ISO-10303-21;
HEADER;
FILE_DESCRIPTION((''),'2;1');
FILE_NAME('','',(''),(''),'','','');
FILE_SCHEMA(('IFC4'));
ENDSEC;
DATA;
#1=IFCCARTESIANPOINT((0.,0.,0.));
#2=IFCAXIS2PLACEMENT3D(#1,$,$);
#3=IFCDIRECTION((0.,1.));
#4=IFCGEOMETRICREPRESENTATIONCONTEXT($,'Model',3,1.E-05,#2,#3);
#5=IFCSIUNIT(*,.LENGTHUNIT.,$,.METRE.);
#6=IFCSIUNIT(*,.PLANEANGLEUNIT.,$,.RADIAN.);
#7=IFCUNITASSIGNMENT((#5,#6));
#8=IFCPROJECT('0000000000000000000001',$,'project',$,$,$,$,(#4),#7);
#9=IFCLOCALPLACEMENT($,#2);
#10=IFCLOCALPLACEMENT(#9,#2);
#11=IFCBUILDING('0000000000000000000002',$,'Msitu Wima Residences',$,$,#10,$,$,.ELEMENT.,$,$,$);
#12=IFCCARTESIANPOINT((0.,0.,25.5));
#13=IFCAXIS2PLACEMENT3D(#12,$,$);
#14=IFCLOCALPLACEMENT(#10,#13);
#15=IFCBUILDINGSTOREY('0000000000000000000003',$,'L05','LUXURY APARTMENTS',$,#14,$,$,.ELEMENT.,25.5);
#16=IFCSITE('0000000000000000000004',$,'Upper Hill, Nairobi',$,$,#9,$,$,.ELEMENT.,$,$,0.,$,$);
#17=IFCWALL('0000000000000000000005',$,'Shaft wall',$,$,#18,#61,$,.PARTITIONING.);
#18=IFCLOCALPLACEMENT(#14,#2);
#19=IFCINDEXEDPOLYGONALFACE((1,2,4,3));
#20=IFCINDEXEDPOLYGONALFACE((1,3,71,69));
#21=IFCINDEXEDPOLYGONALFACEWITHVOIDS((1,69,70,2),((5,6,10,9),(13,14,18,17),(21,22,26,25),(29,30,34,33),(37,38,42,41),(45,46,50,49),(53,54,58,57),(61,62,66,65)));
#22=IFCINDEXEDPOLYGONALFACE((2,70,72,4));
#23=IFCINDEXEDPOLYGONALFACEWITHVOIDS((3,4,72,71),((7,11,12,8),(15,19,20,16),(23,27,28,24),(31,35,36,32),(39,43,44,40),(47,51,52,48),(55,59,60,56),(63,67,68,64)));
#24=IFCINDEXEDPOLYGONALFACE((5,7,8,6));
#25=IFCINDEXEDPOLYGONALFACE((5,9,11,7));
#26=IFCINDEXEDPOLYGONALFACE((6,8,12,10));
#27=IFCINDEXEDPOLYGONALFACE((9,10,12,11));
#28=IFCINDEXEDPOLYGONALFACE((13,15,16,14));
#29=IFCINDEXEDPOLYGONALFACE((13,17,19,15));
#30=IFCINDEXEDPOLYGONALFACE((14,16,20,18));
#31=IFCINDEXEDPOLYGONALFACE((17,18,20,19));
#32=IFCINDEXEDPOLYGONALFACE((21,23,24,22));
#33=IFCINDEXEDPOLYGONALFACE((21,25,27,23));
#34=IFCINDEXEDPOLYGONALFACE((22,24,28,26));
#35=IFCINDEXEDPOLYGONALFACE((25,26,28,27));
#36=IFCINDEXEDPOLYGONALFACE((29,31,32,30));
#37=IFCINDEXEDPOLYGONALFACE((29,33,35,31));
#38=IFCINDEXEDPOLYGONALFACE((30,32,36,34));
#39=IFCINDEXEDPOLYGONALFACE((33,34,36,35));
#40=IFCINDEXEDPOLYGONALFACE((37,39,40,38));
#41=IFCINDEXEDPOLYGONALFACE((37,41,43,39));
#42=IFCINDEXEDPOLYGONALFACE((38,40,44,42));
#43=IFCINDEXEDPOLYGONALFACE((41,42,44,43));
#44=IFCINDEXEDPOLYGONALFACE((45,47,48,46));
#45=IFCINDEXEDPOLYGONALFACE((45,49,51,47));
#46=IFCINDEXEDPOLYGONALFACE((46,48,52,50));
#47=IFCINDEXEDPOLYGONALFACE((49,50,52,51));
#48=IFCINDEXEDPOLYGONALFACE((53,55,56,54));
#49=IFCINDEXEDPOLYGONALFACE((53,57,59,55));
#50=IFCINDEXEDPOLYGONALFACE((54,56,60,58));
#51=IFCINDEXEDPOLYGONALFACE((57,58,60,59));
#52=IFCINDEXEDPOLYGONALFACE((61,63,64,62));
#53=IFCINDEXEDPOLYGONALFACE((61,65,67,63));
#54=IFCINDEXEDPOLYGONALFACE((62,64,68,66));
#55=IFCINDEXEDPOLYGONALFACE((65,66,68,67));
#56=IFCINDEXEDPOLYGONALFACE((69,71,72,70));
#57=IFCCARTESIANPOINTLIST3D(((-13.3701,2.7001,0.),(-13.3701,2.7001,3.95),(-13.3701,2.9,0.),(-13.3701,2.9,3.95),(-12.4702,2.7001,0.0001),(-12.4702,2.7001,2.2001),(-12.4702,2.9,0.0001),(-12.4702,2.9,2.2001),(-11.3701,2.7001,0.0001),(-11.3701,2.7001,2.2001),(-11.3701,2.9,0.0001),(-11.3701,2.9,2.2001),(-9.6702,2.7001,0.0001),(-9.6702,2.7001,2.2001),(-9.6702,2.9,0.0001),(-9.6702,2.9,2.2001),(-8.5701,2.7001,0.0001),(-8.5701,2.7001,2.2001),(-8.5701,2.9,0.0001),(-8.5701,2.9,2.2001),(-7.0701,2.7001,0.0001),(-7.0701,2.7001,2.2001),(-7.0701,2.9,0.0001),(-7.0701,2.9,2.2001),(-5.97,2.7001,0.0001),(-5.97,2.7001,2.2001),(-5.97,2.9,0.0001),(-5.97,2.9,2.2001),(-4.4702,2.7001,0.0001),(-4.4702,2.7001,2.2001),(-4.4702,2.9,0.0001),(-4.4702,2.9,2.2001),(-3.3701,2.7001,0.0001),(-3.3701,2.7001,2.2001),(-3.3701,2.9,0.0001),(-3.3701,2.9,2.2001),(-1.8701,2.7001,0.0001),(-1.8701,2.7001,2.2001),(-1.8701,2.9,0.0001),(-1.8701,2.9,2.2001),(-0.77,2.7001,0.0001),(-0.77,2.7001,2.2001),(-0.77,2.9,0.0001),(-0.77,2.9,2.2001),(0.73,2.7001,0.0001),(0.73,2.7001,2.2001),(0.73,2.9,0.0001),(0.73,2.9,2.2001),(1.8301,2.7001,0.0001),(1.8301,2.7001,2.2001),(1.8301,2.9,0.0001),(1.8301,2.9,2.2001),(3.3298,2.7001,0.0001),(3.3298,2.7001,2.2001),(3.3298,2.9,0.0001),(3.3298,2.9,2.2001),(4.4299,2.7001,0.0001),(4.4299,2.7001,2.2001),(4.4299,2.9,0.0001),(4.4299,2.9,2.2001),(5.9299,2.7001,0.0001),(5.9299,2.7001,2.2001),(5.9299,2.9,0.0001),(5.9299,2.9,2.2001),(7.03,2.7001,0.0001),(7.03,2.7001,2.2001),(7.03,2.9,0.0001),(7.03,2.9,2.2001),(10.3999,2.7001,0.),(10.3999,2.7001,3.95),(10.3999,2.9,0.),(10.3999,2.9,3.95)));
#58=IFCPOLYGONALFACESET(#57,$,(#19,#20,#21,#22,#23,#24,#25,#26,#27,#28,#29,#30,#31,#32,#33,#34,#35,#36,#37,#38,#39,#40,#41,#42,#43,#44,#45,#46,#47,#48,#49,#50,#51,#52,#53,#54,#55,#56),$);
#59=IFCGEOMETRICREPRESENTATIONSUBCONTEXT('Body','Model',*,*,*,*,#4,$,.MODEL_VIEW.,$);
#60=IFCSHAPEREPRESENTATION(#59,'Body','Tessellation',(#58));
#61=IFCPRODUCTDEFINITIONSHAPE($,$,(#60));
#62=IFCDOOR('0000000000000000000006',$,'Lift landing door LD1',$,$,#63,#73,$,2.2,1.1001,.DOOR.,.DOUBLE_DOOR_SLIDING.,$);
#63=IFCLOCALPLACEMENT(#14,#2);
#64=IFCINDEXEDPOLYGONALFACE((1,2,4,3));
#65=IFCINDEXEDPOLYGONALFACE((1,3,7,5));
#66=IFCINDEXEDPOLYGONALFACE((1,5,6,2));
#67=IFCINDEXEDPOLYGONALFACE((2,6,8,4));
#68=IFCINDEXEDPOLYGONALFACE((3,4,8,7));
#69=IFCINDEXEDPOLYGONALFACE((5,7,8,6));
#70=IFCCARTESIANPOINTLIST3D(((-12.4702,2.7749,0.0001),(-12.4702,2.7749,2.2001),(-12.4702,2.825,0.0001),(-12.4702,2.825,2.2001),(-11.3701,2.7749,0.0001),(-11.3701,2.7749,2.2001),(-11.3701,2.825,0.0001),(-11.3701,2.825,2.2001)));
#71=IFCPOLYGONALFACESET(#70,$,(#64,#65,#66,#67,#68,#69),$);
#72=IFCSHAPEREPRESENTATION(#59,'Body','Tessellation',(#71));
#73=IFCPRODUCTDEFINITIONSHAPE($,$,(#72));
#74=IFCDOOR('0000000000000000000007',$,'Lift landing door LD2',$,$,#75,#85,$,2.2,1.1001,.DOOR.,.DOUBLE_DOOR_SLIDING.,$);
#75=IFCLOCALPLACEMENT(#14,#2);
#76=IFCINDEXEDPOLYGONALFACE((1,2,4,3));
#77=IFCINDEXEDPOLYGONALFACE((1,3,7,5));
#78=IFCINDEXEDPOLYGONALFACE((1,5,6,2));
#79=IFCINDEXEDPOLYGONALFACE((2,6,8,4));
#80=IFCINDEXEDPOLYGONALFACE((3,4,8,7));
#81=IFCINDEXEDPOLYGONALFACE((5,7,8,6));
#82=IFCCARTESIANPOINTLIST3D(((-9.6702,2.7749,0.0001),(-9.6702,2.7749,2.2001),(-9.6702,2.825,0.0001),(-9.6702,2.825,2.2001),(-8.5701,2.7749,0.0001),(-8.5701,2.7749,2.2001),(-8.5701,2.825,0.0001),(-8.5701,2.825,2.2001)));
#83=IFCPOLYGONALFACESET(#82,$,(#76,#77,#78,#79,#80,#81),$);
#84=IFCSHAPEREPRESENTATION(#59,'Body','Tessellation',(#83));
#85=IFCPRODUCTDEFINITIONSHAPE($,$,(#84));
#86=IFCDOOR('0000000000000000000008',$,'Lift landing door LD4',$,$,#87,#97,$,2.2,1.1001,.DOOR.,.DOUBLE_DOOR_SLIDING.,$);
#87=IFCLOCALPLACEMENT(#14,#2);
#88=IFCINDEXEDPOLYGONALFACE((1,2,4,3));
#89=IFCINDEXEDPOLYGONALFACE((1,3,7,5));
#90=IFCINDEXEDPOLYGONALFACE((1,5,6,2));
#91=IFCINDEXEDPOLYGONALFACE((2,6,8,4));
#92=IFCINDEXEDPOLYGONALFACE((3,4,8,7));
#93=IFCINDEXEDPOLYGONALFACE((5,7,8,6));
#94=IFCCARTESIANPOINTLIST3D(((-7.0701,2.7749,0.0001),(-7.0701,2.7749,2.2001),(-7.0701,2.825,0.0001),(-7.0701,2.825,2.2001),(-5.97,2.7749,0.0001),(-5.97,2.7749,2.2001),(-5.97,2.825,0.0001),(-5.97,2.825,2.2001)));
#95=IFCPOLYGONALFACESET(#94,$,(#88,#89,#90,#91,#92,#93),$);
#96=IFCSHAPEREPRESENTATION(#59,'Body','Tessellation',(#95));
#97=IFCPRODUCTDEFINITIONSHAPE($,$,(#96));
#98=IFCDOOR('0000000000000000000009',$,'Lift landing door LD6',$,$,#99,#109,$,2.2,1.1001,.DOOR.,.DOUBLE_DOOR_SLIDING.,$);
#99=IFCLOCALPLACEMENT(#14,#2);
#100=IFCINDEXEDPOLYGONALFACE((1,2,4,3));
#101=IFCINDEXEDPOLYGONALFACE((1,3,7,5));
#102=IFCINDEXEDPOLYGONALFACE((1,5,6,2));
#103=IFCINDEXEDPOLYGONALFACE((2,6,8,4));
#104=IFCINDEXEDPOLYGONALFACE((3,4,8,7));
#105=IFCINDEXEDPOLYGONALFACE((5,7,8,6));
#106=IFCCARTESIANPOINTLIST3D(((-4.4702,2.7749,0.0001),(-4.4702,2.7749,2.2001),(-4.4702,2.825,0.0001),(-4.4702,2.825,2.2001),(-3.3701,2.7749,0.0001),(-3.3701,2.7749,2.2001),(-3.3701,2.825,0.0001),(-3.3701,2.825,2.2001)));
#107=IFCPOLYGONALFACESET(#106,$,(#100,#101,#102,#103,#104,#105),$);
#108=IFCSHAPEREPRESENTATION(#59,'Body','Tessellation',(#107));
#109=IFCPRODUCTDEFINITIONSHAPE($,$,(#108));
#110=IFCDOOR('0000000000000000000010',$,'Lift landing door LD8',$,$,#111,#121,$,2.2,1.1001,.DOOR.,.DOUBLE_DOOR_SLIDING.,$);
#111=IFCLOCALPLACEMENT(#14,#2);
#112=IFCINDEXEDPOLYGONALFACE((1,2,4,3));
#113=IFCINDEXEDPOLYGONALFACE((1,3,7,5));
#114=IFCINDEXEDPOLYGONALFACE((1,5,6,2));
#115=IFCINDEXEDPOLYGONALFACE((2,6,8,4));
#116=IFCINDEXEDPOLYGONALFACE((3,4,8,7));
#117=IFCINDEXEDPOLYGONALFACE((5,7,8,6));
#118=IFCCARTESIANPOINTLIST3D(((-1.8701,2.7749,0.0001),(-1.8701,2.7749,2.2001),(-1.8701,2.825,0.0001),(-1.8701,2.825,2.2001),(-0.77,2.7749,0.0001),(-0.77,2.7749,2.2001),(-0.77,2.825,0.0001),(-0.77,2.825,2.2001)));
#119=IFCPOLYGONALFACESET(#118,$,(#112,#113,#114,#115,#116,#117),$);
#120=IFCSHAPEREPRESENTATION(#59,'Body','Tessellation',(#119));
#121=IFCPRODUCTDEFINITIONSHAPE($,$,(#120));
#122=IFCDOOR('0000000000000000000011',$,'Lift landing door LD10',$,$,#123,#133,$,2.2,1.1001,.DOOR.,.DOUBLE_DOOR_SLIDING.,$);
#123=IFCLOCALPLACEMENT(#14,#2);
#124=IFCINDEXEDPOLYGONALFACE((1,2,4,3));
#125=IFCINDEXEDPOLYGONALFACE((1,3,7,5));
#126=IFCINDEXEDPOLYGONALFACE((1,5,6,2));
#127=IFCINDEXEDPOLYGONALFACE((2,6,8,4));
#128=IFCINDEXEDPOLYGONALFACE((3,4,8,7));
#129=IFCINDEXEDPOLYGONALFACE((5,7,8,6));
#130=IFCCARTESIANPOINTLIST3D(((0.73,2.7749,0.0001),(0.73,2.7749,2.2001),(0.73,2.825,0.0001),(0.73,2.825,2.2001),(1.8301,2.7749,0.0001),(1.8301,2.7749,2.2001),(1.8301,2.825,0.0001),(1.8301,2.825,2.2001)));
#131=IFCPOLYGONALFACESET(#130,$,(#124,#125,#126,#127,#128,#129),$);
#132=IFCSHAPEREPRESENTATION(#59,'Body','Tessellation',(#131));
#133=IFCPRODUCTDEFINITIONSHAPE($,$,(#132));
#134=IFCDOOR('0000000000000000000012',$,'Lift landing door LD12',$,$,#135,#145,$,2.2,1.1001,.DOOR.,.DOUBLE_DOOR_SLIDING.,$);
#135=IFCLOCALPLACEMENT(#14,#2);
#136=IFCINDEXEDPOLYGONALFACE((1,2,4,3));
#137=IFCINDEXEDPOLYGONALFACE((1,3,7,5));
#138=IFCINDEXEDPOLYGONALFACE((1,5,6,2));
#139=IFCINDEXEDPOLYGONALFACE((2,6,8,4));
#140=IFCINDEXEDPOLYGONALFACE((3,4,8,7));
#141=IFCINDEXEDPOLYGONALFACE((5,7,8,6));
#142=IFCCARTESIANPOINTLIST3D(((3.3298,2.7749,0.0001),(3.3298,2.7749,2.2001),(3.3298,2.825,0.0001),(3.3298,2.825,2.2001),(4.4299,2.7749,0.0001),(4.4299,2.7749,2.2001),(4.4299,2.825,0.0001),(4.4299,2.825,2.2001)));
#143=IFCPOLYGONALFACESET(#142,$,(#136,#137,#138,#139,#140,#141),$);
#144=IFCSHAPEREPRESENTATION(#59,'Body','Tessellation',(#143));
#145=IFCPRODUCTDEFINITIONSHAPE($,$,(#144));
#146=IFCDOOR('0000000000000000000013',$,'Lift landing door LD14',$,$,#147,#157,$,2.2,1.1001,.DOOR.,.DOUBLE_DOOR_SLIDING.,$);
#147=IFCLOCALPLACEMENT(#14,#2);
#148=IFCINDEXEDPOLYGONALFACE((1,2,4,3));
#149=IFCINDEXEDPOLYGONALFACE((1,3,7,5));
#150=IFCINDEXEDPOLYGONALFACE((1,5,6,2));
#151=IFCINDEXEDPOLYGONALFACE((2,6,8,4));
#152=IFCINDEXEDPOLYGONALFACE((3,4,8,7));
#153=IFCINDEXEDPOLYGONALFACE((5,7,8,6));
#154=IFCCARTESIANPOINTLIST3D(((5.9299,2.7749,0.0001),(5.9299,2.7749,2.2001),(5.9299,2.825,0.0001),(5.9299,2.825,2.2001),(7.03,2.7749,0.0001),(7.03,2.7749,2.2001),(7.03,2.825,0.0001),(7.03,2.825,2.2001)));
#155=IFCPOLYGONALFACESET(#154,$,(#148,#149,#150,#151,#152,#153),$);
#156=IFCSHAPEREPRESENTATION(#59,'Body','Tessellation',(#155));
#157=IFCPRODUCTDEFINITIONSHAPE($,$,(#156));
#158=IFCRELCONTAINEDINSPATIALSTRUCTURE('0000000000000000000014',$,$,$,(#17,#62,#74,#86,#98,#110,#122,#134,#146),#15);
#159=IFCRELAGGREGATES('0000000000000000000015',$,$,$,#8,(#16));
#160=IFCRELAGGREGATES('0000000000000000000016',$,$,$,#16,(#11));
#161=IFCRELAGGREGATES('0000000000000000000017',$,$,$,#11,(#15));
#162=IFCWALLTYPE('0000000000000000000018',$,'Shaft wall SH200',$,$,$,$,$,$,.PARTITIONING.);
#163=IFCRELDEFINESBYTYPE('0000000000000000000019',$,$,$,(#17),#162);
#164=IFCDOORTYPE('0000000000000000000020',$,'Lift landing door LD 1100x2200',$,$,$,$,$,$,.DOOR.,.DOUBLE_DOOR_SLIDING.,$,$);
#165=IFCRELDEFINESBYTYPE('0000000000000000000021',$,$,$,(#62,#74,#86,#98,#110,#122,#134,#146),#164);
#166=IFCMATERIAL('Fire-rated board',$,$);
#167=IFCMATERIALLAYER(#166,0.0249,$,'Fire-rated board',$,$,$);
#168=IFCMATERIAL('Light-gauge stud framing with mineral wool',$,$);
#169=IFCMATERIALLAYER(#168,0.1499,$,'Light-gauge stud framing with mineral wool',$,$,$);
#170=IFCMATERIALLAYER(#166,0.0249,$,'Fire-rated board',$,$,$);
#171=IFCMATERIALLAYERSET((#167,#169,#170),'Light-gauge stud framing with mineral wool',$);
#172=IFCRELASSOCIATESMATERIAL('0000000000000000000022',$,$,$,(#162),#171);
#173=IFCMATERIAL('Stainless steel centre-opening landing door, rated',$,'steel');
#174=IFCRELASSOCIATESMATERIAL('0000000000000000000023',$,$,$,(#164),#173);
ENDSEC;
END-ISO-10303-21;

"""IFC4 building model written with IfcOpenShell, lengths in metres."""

from ifc_helpers import new_model, si_unit, direction, frame, frame_2d, origin, place, context, subcontext, project, spatial, rectangle, extrude, material, layer, layer_set, type_object, element, fill, save


model = new_model("IFC4")

# Units and contexts
model_context = context("Model", 3, precision=1e-05, world=origin(), true_north=direction((0.0, 1.0)))
body_context = subcontext(model_context, "Body", "Model", "MODEL_VIEW")
ifc_project = project(units=[si_unit("LENGTHUNIT", "METRE"), si_unit("PLANEANGLEUNIT", "RADIAN")], contexts=[model_context])

# Site, building, storey
site_placement = place(None, origin())
site = spatial("IfcSite", under=ifc_project, at=site_placement, Name="Upper Hill, Nairobi", CompositionType="ELEMENT", RefElevation=0.0)
building_placement = place(site_placement, origin())
building = spatial("IfcBuilding", under=site, at=building_placement, Name="Msitu Wima Residences", CompositionType="ELEMENT")
storey_placement = place(building_placement, frame((0.0, 0.0, 25.5)))
storey = spatial("IfcBuildingStorey", under=building, at=storey_placement, Name="L05", Description="LUXURY APARTMENTS", CompositionType="ELEMENT", Elevation=25.5)

# Wall, openings, doors
ifc_material_1 = material(Name="Fire-rated board")
ifc_layer_1 = layer(ifc_material_1, 0.0249, Name="Fire-rated board")
ifc_material_2 = material(Name="Light-gauge stud framing with mineral wool")
ifc_layer_2 = layer(ifc_material_2, 0.1499, Name="Light-gauge stud framing with mineral wool")
ifc_layer_3 = layer(ifc_material_1, 0.0249, Name="Fire-rated board")
ifc_layer_set_1 = layer_set([ifc_layer_1, ifc_layer_2, ifc_layer_3], Name="Light-gauge stud framing with mineral wool")
wall_type_1 = type_object("IfcWallType", Name="Shaft wall SH200", PredefinedType="PARTITIONING", material=ifc_layer_set_1)
wall_1_placement = place(storey_placement, frame((-13.3701, 2.8, 0.0), z_axis=(0.0, 0.0, 1.0), x_axis=(1.0, 0.0, 0.0)))
wall_1 = element("IfcWall", 1, at=wall_1_placement, inside=storey, type_object=wall_type_1, Name="Shaft wall", PredefinedType="PARTITIONING", context=body_context, shape_type="SweptSolid", body=[
    extrude(rectangle(XDim=23.77, YDim=0.2, at=frame_2d((11.885, 0.0))), origin(), (0.0, 0.0, 1.0), 3.95),
])
opening_1_placement = place(wall_1_placement, frame((0.8999, 0.0, 0.0)))
opening_1 = element("IfcOpeningElement", 2, at=opening_1_placement, cuts=wall_1, PredefinedType="OPENING", context=body_context, shape_type="SweptSolid", body=[
    extrude(rectangle(XDim=1.1001, YDim=2.2, at=frame_2d((0.55, 1.1001))), frame((0.0, 0.1099, 0.0), z_axis=(0.0, -1.0, 0.0), x_axis=(1.0, 0.0, 0.0)), (0.0, 0.0, 1.0), 0.22),
])
opening_2_placement = place(wall_1_placement, frame((3.7, 0.0, 0.0)))
opening_2 = element("IfcOpeningElement", 3, at=opening_2_placement, cuts=wall_1, PredefinedType="OPENING", context=body_context, shape_type="SweptSolid", body=[
    extrude(rectangle(XDim=1.1001, YDim=2.2, at=frame_2d((0.55, 1.1001))), frame((0.0, 0.1099, 0.0), z_axis=(0.0, -1.0, 0.0), x_axis=(1.0, 0.0, 0.0)), (0.0, 0.0, 1.0), 0.22),
])
opening_3_placement = place(wall_1_placement, frame((6.3, 0.0, 0.0)))
opening_3 = element("IfcOpeningElement", 4, at=opening_3_placement, cuts=wall_1, PredefinedType="OPENING", context=body_context, shape_type="SweptSolid", body=[
    extrude(rectangle(XDim=1.1001, YDim=2.2, at=frame_2d((0.55, 1.1001))), frame((0.0, 0.1099, 0.0), z_axis=(0.0, -1.0, 0.0), x_axis=(1.0, 0.0, 0.0)), (0.0, 0.0, 1.0), 0.22),
])
opening_4_placement = place(wall_1_placement, frame((8.8999, 0.0, 0.0)))
opening_4 = element("IfcOpeningElement", 5, at=opening_4_placement, cuts=wall_1, PredefinedType="OPENING", context=body_context, shape_type="SweptSolid", body=[
    extrude(rectangle(XDim=1.1001, YDim=2.2, at=frame_2d((0.55, 1.1001))), frame((0.0, 0.1099, 0.0), z_axis=(0.0, -1.0, 0.0), x_axis=(1.0, 0.0, 0.0)), (0.0, 0.0, 1.0), 0.22),
])
opening_5_placement = place(wall_1_placement, frame((11.5, 0.0, 0.0)))
opening_5 = element("IfcOpeningElement", 6, at=opening_5_placement, cuts=wall_1, PredefinedType="OPENING", context=body_context, shape_type="SweptSolid", body=[
    extrude(rectangle(XDim=1.1001, YDim=2.2, at=frame_2d((0.55, 1.1001))), frame((0.0, 0.1099, 0.0), z_axis=(0.0, -1.0, 0.0), x_axis=(1.0, 0.0, 0.0)), (0.0, 0.0, 1.0), 0.22),
])
opening_6_placement = place(wall_1_placement, frame((14.1001, 0.0, 0.0)))
opening_6 = element("IfcOpeningElement", 7, at=opening_6_placement, cuts=wall_1, PredefinedType="OPENING", context=body_context, shape_type="SweptSolid", body=[
    extrude(rectangle(XDim=1.1001, YDim=2.2, at=frame_2d((0.55, 1.1001))), frame((0.0, 0.1099, 0.0), z_axis=(0.0, -1.0, 0.0), x_axis=(1.0, 0.0, 0.0)), (0.0, 0.0, 1.0), 0.22),
])
opening_7_placement = place(wall_1_placement, frame((16.7, 0.0, 0.0)))
opening_7 = element("IfcOpeningElement", 8, at=opening_7_placement, cuts=wall_1, PredefinedType="OPENING", context=body_context, shape_type="SweptSolid", body=[
    extrude(rectangle(XDim=1.1001, YDim=2.2, at=frame_2d((0.55, 1.1001))), frame((0.0, 0.1099, 0.0), z_axis=(0.0, -1.0, 0.0), x_axis=(1.0, 0.0, 0.0)), (0.0, 0.0, 1.0), 0.22),
])
opening_8_placement = place(wall_1_placement, frame((19.3, 0.0, 0.0)))
opening_8 = element("IfcOpeningElement", 9, at=opening_8_placement, cuts=wall_1, PredefinedType="OPENING", context=body_context, shape_type="SweptSolid", body=[
    extrude(rectangle(XDim=1.1001, YDim=2.2, at=frame_2d((0.55, 1.1001))), frame((0.0, 0.1099, 0.0), z_axis=(0.0, -1.0, 0.0), x_axis=(1.0, 0.0, 0.0)), (0.0, 0.0, 1.0), 0.22),
])
ifc_material_3 = material(Name="Stainless steel centre-opening landing door, rated", Category="steel")
door_type_1 = type_object("IfcDoorType", Name="Lift landing door LD 1100x2200", OperationType="DOUBLE_DOOR_SLIDING", PredefinedType="DOOR", material=ifc_material_3)
door_1_placement = place(opening_1_placement, origin())
door_1 = element("IfcDoor", 10, at=door_1_placement, inside=storey, type_object=door_type_1, Name="Lift landing door LD1", OperationType="DOUBLE_DOOR_SLIDING", OverallHeight=2.2, OverallWidth=1.1001, PredefinedType="DOOR", context=body_context, shape_type="SweptSolid", body=[
    extrude(rectangle(XDim=1.1001, YDim=2.2, at=frame_2d((0.55, 1.1001))), frame((0.0, 0.0249, 0.0), z_axis=(0.0, -1.0, 0.0), x_axis=(1.0, 0.0, 0.0)), (0.0, 0.0, 1.0), 0.05),
])
fill(opening_1, door_1)
door_2_placement = place(opening_2_placement, origin())
door_2 = element("IfcDoor", 11, at=door_2_placement, inside=storey, type_object=door_type_1, Name="Lift landing door LD2", OperationType="DOUBLE_DOOR_SLIDING", OverallHeight=2.2, OverallWidth=1.1001, PredefinedType="DOOR", context=body_context, shape_type="SweptSolid", body=[
    extrude(rectangle(XDim=1.1001, YDim=2.2, at=frame_2d((0.55, 1.1001))), frame((0.0, 0.0249, 0.0), z_axis=(0.0, -1.0, 0.0), x_axis=(1.0, 0.0, 0.0)), (0.0, 0.0, 1.0), 0.05),
])
fill(opening_2, door_2)
door_3_placement = place(opening_3_placement, origin())
door_3 = element("IfcDoor", 12, at=door_3_placement, inside=storey, type_object=door_type_1, Name="Lift landing door LD4", OperationType="DOUBLE_DOOR_SLIDING", OverallHeight=2.2, OverallWidth=1.1001, PredefinedType="DOOR", context=body_context, shape_type="SweptSolid", body=[
    extrude(rectangle(XDim=1.1001, YDim=2.2, at=frame_2d((0.55, 1.1001))), frame((0.0, 0.0249, 0.0), z_axis=(0.0, -1.0, 0.0), x_axis=(1.0, 0.0, 0.0)), (0.0, 0.0, 1.0), 0.05),
])
fill(opening_3, door_3)
door_4_placement = place(opening_4_placement, origin())
door_4 = element("IfcDoor", 13, at=door_4_placement, inside=storey, type_object=door_type_1, Name="Lift landing door LD6", OperationType="DOUBLE_DOOR_SLIDING", OverallHeight=2.2, OverallWidth=1.1001, PredefinedType="DOOR", context=body_context, shape_type="SweptSolid", body=[
    extrude(rectangle(XDim=1.1001, YDim=2.2, at=frame_2d((0.55, 1.1001))), frame((0.0, 0.0249, 0.0), z_axis=(0.0, -1.0, 0.0), x_axis=(1.0, 0.0, 0.0)), (0.0, 0.0, 1.0), 0.05),
])
fill(opening_4, door_4)
door_5_placement = place(opening_5_placement, origin())
door_5 = element("IfcDoor", 14, at=door_5_placement, inside=storey, type_object=door_type_1, Name="Lift landing door LD8", OperationType="DOUBLE_DOOR_SLIDING", OverallHeight=2.2, OverallWidth=1.1001, PredefinedType="DOOR", context=body_context, shape_type="SweptSolid", body=[
    extrude(rectangle(XDim=1.1001, YDim=2.2, at=frame_2d((0.55, 1.1001))), frame((0.0, 0.0249, 0.0), z_axis=(0.0, -1.0, 0.0), x_axis=(1.0, 0.0, 0.0)), (0.0, 0.0, 1.0), 0.05),
])
fill(opening_5, door_5)
door_6_placement = place(opening_6_placement, origin())
door_6 = element("IfcDoor", 15, at=door_6_placement, inside=storey, type_object=door_type_1, Name="Lift landing door LD10", OperationType="DOUBLE_DOOR_SLIDING", OverallHeight=2.2, OverallWidth=1.1001, PredefinedType="DOOR", context=body_context, shape_type="SweptSolid", body=[
    extrude(rectangle(XDim=1.1001, YDim=2.2, at=frame_2d((0.55, 1.1001))), frame((0.0, 0.0249, 0.0), z_axis=(0.0, -1.0, 0.0), x_axis=(1.0, 0.0, 0.0)), (0.0, 0.0, 1.0), 0.05),
])
fill(opening_6, door_6)
door_7_placement = place(opening_7_placement, origin())
door_7 = element("IfcDoor", 16, at=door_7_placement, inside=storey, type_object=door_type_1, Name="Lift landing door LD12", OperationType="DOUBLE_DOOR_SLIDING", OverallHeight=2.2, OverallWidth=1.1001, PredefinedType="DOOR", context=body_context, shape_type="SweptSolid", body=[
    extrude(rectangle(XDim=1.1001, YDim=2.2, at=frame_2d((0.55, 1.1001))), frame((0.0, 0.0249, 0.0), z_axis=(0.0, -1.0, 0.0), x_axis=(1.0, 0.0, 0.0)), (0.0, 0.0, 1.0), 0.05),
])
fill(opening_7, door_7)
door_8_placement = place(opening_8_placement, origin())
door_8 = element("IfcDoor", 17, at=door_8_placement, inside=storey, type_object=door_type_1, Name="Lift landing door LD14", OperationType="DOUBLE_DOOR_SLIDING", OverallHeight=2.2, OverallWidth=1.1001, PredefinedType="DOOR", context=body_context, shape_type="SweptSolid", body=[
    extrude(rectangle(XDim=1.1001, YDim=2.2, at=frame_2d((0.55, 1.1001))), frame((0.0, 0.0249, 0.0), z_axis=(0.0, -1.0, 0.0), x_axis=(1.0, 0.0, 0.0)), (0.0, 0.0, 1.0), 0.05),
])
fill(opening_8, door_8)

save(model, "model.ifc")
